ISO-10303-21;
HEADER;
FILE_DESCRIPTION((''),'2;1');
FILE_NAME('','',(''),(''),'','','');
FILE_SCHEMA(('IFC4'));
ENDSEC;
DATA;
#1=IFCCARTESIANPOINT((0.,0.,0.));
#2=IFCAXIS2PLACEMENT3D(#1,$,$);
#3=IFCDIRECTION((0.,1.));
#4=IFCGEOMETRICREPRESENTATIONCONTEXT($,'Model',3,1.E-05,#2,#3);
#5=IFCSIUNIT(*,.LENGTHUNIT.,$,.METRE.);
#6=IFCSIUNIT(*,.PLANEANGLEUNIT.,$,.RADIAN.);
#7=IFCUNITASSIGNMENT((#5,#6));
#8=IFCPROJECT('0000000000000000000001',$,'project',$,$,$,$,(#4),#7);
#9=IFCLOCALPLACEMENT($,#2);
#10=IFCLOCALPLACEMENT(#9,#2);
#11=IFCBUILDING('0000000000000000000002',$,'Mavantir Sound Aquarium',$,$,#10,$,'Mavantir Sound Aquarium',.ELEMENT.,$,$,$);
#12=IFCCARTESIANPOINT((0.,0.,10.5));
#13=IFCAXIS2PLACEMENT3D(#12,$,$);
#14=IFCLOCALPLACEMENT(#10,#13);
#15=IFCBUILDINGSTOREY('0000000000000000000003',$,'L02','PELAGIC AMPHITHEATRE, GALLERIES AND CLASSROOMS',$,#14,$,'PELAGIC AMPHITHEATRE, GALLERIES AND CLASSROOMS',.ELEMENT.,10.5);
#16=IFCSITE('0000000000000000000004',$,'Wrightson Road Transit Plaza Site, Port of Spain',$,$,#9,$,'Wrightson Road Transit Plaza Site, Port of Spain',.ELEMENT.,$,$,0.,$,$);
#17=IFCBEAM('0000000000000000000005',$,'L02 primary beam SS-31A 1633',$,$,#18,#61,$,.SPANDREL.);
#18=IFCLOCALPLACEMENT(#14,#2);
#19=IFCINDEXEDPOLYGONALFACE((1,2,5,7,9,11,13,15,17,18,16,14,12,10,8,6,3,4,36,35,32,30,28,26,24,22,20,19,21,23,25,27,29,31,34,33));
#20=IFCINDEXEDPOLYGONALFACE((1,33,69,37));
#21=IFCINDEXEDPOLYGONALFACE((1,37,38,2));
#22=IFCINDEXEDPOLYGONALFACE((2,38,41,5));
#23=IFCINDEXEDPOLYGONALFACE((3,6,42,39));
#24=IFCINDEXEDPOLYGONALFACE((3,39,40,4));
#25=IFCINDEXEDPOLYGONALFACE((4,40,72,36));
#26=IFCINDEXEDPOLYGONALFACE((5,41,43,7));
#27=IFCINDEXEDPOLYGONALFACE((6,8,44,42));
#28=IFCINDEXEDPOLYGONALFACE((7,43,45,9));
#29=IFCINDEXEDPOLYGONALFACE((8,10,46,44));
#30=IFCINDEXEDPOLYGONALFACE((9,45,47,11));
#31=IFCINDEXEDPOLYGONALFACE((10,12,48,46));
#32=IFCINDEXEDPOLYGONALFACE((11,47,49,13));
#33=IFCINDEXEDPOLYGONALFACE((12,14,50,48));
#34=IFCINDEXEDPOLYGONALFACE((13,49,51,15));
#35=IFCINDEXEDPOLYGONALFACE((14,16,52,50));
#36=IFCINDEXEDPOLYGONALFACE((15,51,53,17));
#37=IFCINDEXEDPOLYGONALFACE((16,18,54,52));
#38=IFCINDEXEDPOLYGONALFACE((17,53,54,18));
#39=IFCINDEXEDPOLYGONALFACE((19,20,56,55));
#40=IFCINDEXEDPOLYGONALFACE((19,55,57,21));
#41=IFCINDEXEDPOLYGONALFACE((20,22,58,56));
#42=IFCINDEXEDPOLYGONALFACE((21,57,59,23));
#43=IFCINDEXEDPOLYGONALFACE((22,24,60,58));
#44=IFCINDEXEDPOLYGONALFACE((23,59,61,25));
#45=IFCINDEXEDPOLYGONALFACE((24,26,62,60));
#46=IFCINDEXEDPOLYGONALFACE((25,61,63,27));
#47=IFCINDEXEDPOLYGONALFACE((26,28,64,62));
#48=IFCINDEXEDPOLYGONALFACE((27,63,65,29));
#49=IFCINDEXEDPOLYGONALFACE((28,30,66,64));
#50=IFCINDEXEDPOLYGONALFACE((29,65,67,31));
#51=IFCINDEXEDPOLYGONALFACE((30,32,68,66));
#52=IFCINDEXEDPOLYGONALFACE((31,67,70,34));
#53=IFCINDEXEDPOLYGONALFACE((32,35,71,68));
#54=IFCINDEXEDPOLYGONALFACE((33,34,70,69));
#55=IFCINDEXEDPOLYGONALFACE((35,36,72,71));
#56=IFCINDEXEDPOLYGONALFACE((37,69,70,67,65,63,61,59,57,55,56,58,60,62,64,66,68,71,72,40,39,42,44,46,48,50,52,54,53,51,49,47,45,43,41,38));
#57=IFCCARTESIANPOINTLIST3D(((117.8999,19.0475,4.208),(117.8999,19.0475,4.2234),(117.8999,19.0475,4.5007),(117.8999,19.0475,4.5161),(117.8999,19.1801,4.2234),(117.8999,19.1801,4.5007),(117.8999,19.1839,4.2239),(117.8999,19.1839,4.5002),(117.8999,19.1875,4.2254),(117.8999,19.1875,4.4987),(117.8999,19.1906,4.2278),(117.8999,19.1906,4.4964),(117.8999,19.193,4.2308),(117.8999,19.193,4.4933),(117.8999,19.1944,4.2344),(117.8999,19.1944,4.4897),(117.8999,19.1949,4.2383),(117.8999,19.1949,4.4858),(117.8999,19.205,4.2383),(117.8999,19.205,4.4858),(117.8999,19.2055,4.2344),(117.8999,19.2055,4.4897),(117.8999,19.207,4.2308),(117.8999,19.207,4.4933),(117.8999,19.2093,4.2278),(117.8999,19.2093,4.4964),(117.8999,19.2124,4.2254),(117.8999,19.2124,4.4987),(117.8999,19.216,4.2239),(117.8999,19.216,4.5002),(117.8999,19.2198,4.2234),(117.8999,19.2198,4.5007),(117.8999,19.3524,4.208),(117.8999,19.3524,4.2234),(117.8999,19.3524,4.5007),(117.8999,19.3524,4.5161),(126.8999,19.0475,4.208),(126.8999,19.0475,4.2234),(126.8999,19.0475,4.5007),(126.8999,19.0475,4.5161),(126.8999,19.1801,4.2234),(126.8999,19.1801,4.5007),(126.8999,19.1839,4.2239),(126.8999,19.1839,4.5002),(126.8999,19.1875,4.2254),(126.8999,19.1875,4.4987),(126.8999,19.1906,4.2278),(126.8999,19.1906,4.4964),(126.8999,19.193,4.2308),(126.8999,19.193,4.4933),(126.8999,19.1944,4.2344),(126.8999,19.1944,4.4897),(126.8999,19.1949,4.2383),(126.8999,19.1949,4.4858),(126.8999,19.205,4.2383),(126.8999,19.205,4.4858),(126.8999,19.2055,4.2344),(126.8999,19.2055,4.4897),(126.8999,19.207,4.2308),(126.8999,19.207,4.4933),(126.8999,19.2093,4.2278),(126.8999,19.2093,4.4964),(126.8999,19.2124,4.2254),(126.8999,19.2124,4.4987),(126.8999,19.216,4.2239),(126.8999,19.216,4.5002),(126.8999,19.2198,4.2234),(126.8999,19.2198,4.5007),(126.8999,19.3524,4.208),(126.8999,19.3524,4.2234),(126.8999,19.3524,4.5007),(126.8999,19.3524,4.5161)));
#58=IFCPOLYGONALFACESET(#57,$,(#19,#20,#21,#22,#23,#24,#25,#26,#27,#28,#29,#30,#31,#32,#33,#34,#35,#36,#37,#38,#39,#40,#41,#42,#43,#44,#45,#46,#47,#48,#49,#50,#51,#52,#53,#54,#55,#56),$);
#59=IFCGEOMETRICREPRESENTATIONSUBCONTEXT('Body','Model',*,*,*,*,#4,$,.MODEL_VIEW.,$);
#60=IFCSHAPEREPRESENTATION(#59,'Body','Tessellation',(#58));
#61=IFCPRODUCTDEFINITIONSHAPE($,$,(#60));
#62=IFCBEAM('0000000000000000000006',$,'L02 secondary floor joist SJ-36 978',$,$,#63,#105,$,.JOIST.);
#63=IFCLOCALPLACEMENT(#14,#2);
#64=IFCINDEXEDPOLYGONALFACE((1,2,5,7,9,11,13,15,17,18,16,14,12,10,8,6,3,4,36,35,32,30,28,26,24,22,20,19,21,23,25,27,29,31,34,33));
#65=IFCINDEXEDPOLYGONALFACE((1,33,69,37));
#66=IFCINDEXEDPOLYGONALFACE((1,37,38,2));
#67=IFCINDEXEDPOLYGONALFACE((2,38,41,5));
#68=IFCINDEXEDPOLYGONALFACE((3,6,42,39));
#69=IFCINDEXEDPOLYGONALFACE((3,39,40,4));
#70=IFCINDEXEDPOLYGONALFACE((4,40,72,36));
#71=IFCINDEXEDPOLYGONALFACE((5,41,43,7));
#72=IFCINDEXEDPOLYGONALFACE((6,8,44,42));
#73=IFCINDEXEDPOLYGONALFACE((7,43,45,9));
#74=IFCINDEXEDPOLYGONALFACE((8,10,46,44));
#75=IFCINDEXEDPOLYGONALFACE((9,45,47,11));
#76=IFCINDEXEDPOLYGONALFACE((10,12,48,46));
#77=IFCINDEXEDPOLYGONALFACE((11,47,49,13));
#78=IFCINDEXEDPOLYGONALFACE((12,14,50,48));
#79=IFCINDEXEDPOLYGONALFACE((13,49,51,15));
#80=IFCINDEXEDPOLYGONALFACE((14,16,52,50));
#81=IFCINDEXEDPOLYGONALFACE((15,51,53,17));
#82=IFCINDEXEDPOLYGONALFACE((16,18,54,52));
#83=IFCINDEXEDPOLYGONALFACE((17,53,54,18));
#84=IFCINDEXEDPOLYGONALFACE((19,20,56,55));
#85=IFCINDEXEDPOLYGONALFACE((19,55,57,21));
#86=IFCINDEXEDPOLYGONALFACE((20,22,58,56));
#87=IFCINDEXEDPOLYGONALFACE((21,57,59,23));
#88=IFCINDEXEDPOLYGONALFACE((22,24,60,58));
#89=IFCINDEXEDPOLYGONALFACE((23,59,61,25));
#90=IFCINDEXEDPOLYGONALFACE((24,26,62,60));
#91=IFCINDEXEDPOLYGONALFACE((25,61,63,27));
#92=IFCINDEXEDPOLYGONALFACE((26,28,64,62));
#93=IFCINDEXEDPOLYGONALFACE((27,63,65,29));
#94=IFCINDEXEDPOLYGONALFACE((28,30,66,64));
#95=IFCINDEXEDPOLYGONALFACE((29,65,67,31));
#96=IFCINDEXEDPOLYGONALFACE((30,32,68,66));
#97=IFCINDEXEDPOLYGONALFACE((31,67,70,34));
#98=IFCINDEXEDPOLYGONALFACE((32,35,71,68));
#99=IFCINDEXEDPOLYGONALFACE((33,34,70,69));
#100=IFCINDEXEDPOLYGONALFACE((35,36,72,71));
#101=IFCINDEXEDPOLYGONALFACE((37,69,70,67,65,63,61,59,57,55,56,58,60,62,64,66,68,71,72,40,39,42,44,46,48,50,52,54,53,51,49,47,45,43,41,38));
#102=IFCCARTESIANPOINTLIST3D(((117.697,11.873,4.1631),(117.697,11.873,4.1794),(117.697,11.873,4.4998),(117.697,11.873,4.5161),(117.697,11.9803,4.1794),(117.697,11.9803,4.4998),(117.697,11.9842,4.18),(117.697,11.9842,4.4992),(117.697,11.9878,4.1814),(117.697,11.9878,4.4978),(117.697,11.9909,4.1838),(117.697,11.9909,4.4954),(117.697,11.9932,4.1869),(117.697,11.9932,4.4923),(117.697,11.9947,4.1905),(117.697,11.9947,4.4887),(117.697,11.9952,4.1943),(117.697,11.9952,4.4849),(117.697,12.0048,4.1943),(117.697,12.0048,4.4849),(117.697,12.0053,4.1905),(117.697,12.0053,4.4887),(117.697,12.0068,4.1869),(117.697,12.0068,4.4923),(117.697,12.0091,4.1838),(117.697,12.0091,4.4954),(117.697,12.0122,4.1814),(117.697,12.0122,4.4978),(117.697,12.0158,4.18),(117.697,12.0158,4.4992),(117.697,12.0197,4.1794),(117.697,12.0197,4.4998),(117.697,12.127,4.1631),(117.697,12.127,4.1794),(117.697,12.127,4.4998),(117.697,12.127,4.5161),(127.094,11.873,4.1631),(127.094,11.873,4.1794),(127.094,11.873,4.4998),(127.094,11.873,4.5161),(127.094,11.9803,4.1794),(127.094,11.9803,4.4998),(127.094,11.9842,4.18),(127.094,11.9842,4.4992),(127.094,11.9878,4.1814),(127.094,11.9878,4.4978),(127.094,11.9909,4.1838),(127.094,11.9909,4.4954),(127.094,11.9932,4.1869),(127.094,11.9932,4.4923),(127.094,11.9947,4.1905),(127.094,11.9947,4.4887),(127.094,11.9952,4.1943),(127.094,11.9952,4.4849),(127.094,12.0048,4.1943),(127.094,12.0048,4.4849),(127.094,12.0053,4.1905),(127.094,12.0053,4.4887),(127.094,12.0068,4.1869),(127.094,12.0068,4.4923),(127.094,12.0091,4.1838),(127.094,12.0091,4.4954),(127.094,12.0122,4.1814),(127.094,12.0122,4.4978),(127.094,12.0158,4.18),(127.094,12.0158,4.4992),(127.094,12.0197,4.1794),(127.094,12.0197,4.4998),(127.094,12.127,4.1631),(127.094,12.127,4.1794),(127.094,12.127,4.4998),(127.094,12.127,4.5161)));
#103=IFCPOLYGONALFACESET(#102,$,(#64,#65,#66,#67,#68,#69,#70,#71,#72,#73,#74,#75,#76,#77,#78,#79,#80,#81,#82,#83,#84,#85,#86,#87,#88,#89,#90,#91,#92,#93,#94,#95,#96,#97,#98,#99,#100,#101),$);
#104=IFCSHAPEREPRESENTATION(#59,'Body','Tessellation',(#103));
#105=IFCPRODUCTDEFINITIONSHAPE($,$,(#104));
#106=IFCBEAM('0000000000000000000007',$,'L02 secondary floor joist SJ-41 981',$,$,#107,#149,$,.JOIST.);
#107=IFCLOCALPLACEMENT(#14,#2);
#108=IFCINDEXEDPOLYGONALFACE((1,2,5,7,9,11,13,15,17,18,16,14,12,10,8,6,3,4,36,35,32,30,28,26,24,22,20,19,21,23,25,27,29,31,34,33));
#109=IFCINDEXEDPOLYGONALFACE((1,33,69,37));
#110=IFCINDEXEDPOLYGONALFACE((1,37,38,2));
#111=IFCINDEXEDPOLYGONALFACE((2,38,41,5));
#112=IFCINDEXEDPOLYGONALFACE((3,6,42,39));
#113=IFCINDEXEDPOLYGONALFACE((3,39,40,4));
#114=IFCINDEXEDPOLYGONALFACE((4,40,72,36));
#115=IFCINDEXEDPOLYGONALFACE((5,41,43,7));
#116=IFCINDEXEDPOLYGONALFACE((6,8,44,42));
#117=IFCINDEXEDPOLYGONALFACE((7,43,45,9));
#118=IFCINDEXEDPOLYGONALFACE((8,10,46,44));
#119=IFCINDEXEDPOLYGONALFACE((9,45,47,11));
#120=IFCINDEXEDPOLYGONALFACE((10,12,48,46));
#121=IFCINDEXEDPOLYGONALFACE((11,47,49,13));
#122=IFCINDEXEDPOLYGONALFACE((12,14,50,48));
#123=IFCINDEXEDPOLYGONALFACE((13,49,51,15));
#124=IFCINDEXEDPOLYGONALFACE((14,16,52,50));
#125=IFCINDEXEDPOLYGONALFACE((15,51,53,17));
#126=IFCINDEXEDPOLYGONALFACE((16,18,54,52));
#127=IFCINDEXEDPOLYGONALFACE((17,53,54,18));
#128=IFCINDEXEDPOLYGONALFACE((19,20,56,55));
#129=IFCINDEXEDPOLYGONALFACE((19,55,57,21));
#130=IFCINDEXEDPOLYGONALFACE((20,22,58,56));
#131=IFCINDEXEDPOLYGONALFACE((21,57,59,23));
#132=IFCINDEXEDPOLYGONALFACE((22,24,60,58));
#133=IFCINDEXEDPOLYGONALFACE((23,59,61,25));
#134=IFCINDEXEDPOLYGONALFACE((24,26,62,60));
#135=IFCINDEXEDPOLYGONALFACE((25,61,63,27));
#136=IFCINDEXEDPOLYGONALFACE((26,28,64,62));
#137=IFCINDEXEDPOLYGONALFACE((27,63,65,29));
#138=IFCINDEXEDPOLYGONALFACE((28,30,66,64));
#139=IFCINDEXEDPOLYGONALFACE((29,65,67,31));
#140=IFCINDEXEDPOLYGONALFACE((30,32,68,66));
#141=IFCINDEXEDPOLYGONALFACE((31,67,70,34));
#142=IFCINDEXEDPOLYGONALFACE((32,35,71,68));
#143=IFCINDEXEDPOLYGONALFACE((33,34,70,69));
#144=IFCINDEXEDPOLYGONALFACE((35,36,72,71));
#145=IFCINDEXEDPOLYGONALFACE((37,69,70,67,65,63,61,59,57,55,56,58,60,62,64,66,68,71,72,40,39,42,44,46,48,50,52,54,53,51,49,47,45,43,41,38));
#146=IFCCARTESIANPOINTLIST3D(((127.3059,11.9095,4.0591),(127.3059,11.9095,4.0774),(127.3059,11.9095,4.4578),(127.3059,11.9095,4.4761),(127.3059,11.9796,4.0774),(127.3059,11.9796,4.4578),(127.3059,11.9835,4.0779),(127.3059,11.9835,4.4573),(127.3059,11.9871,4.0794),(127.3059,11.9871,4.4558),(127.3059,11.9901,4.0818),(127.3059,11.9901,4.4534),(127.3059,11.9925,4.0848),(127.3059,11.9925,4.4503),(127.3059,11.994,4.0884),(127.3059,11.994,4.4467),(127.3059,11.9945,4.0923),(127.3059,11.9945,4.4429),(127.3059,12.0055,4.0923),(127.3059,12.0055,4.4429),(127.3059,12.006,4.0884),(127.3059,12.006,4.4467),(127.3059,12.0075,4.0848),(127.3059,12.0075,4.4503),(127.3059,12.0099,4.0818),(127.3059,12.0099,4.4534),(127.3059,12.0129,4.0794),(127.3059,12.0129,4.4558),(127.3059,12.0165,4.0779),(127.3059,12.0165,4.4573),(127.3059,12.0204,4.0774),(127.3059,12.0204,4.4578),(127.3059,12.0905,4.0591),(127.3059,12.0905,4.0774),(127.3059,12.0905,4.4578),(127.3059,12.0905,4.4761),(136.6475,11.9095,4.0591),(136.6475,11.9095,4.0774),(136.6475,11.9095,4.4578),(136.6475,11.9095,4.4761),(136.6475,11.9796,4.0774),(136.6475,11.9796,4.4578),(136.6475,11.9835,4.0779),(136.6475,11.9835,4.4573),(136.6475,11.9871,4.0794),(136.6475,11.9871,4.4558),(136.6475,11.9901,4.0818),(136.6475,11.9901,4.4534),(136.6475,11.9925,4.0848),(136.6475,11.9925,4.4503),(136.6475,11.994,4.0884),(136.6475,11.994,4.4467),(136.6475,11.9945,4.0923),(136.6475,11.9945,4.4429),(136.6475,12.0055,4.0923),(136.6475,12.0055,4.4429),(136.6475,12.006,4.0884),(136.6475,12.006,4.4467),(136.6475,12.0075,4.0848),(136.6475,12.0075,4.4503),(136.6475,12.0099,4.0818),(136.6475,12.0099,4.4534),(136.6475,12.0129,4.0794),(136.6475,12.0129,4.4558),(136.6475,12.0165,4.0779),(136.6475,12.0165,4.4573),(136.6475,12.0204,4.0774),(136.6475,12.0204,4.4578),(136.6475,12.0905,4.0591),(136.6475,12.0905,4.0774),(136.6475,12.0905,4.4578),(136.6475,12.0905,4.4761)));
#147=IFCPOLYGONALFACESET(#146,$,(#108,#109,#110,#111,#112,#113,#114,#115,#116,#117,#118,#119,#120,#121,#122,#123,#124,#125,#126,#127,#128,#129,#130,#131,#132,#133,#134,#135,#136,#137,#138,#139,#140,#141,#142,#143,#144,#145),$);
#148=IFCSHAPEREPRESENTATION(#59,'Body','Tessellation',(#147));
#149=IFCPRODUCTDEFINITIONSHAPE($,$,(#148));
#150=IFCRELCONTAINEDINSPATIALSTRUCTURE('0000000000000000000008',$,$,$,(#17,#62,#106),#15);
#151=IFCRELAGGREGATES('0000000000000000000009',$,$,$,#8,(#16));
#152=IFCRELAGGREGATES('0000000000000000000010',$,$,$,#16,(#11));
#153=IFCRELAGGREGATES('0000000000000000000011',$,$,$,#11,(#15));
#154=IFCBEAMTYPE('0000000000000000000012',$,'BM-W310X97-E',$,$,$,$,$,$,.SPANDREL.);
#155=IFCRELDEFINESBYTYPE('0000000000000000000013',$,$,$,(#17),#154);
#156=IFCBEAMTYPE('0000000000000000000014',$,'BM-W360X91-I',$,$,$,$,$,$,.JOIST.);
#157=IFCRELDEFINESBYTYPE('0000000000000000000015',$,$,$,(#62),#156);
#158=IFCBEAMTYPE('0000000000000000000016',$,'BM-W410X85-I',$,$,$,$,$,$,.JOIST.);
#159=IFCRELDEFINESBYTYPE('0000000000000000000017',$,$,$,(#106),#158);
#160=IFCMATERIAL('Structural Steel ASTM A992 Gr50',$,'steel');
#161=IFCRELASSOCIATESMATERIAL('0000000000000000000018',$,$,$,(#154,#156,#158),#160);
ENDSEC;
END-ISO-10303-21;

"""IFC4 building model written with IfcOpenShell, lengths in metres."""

from ifc_helpers import new_model, si_unit, direction, frame, origin, origin_2d, place, context, subcontext, project, spatial, i_section, extrude, material, material_profile, profile_set, type_object, element, save


model = new_model("IFC4")

# Units and contexts
model_context = context("Model", 3, precision=1e-05, world=origin(), true_north=direction((0.0, 1.0)))
body_context = subcontext(model_context, "Body", "Model", "MODEL_VIEW")
ifc_project = project(units=[si_unit("LENGTHUNIT", "METRE"), si_unit("PLANEANGLEUNIT", "RADIAN")], contexts=[model_context])

# Site, building, storey
site_placement = place(None, origin())
site = spatial("IfcSite", under=ifc_project, at=site_placement, Name="Wrightson Road Transit Plaza Site, Port of Spain", LongName="Wrightson Road Transit Plaza Site, Port of Spain", CompositionType="ELEMENT", RefElevation=0.0)
building_placement = place(site_placement, origin())
building = spatial("IfcBuilding", under=site, at=building_placement, Name="Mavantir Sound Aquarium", LongName="Mavantir Sound Aquarium", CompositionType="ELEMENT")
storey_placement = place(building_placement, frame((0.0, 0.0, 10.5)))
storey = spatial("IfcBuildingStorey", under=building, at=storey_placement, Name="L02", Description="PELAGIC AMPHITHEATRE, GALLERIES AND CLASSROOMS", LongName="PELAGIC AMPHITHEATRE, GALLERIES AND CLASSROOMS", CompositionType="ELEMENT", Elevation=10.5)

# Beams
ifc_material_1 = material(Name="Structural Steel ASTM A992 Gr50", Category="steel")
ifc_material_profile_1 = material_profile(ifc_material_1, i_section(OverallWidth=0.3049, OverallDepth=0.3081, WebThickness=0.01, FlangeThickness=0.0154, FilletRadius=0.0149, at=origin_2d()), Name="W310X97")
ifc_profile_set_1 = profile_set([ifc_material_profile_1], Name="Structural Steel ASTM A992 Gr50")
beam_type_1 = type_object("IfcBeamType", Name="BM-W310X97-E", PredefinedType="SPANDREL", material=ifc_profile_set_1)
beam_1_placement = place(storey_placement, frame((117.8999, 19.2, 4.3621), z_axis=(1.0, 0.0, 0.0), x_axis=(0.0, 1.0, 0.0)))
element("IfcBeam", 1, at=beam_1_placement, inside=storey, type_object=beam_type_1, Name="L02 primary beam SS-31A 1633", PredefinedType="SPANDREL", context=body_context, shape_type="SweptSolid", body=[
    extrude(i_section(OverallWidth=0.3049, OverallDepth=0.3081, WebThickness=0.01, FlangeThickness=0.0154, FilletRadius=0.0149, at=origin_2d()), origin(), (0.0, 0.0, 1.0), 9.0),
])
ifc_material_profile_2 = material_profile(ifc_material_1, i_section(OverallWidth=0.2539, OverallDepth=0.353, WebThickness=0.0095, FlangeThickness=0.0164, FilletRadius=0.0149, at=origin_2d()), Name="W360X91")
ifc_profile_set_2 = profile_set([ifc_material_profile_2], Name="Structural Steel ASTM A992 Gr50")
beam_type_2 = type_object("IfcBeamType", Name="BM-W360X91-I", PredefinedType="JOIST", material=ifc_profile_set_2)
beam_2_placement = place(storey_placement, frame((117.697, 12.0, 4.3396), z_axis=(1.0, 0.0, 0.0), x_axis=(0.0, 1.0, 0.0)))
element("IfcBeam", 2, at=beam_2_placement, inside=storey, type_object=beam_type_2, Name="L02 secondary floor joist SJ-36 978", PredefinedType="JOIST", context=body_context, shape_type="SweptSolid", body=[
    extrude(i_section(OverallWidth=0.2539, OverallDepth=0.353, WebThickness=0.0095, FlangeThickness=0.0164, FilletRadius=0.0149, at=origin_2d()), origin(), (0.0, 0.0, 1.0), 9.397),
])
ifc_material_profile_3 = material_profile(ifc_material_1, i_section(OverallWidth=0.1809, OverallDepth=0.417, WebThickness=0.011, FlangeThickness=0.0183, FilletRadius=0.0149, at=origin_2d()), Name="W410X85")
ifc_profile_set_3 = profile_set([ifc_material_profile_3], Name="Structural Steel ASTM A992 Gr50")
beam_type_3 = type_object("IfcBeamType", Name="BM-W410X85-I", PredefinedType="JOIST", material=ifc_profile_set_3)
beam_3_placement = place(storey_placement, frame((127.3059, 12.0, 4.2676), z_axis=(1.0, 0.0, 0.0), x_axis=(0.0, 1.0, 0.0)))
element("IfcBeam", 3, at=beam_3_placement, inside=storey, type_object=beam_type_3, Name="L02 secondary floor joist SJ-41 981", PredefinedType="JOIST", context=body_context, shape_type="SweptSolid", body=[
    extrude(i_section(OverallWidth=0.1809, OverallDepth=0.417, WebThickness=0.011, FlangeThickness=0.0183, FilletRadius=0.0149, at=origin_2d()), origin(), (0.0, 0.0, 1.0), 9.3416),
])

save(model, "model.ifc")
